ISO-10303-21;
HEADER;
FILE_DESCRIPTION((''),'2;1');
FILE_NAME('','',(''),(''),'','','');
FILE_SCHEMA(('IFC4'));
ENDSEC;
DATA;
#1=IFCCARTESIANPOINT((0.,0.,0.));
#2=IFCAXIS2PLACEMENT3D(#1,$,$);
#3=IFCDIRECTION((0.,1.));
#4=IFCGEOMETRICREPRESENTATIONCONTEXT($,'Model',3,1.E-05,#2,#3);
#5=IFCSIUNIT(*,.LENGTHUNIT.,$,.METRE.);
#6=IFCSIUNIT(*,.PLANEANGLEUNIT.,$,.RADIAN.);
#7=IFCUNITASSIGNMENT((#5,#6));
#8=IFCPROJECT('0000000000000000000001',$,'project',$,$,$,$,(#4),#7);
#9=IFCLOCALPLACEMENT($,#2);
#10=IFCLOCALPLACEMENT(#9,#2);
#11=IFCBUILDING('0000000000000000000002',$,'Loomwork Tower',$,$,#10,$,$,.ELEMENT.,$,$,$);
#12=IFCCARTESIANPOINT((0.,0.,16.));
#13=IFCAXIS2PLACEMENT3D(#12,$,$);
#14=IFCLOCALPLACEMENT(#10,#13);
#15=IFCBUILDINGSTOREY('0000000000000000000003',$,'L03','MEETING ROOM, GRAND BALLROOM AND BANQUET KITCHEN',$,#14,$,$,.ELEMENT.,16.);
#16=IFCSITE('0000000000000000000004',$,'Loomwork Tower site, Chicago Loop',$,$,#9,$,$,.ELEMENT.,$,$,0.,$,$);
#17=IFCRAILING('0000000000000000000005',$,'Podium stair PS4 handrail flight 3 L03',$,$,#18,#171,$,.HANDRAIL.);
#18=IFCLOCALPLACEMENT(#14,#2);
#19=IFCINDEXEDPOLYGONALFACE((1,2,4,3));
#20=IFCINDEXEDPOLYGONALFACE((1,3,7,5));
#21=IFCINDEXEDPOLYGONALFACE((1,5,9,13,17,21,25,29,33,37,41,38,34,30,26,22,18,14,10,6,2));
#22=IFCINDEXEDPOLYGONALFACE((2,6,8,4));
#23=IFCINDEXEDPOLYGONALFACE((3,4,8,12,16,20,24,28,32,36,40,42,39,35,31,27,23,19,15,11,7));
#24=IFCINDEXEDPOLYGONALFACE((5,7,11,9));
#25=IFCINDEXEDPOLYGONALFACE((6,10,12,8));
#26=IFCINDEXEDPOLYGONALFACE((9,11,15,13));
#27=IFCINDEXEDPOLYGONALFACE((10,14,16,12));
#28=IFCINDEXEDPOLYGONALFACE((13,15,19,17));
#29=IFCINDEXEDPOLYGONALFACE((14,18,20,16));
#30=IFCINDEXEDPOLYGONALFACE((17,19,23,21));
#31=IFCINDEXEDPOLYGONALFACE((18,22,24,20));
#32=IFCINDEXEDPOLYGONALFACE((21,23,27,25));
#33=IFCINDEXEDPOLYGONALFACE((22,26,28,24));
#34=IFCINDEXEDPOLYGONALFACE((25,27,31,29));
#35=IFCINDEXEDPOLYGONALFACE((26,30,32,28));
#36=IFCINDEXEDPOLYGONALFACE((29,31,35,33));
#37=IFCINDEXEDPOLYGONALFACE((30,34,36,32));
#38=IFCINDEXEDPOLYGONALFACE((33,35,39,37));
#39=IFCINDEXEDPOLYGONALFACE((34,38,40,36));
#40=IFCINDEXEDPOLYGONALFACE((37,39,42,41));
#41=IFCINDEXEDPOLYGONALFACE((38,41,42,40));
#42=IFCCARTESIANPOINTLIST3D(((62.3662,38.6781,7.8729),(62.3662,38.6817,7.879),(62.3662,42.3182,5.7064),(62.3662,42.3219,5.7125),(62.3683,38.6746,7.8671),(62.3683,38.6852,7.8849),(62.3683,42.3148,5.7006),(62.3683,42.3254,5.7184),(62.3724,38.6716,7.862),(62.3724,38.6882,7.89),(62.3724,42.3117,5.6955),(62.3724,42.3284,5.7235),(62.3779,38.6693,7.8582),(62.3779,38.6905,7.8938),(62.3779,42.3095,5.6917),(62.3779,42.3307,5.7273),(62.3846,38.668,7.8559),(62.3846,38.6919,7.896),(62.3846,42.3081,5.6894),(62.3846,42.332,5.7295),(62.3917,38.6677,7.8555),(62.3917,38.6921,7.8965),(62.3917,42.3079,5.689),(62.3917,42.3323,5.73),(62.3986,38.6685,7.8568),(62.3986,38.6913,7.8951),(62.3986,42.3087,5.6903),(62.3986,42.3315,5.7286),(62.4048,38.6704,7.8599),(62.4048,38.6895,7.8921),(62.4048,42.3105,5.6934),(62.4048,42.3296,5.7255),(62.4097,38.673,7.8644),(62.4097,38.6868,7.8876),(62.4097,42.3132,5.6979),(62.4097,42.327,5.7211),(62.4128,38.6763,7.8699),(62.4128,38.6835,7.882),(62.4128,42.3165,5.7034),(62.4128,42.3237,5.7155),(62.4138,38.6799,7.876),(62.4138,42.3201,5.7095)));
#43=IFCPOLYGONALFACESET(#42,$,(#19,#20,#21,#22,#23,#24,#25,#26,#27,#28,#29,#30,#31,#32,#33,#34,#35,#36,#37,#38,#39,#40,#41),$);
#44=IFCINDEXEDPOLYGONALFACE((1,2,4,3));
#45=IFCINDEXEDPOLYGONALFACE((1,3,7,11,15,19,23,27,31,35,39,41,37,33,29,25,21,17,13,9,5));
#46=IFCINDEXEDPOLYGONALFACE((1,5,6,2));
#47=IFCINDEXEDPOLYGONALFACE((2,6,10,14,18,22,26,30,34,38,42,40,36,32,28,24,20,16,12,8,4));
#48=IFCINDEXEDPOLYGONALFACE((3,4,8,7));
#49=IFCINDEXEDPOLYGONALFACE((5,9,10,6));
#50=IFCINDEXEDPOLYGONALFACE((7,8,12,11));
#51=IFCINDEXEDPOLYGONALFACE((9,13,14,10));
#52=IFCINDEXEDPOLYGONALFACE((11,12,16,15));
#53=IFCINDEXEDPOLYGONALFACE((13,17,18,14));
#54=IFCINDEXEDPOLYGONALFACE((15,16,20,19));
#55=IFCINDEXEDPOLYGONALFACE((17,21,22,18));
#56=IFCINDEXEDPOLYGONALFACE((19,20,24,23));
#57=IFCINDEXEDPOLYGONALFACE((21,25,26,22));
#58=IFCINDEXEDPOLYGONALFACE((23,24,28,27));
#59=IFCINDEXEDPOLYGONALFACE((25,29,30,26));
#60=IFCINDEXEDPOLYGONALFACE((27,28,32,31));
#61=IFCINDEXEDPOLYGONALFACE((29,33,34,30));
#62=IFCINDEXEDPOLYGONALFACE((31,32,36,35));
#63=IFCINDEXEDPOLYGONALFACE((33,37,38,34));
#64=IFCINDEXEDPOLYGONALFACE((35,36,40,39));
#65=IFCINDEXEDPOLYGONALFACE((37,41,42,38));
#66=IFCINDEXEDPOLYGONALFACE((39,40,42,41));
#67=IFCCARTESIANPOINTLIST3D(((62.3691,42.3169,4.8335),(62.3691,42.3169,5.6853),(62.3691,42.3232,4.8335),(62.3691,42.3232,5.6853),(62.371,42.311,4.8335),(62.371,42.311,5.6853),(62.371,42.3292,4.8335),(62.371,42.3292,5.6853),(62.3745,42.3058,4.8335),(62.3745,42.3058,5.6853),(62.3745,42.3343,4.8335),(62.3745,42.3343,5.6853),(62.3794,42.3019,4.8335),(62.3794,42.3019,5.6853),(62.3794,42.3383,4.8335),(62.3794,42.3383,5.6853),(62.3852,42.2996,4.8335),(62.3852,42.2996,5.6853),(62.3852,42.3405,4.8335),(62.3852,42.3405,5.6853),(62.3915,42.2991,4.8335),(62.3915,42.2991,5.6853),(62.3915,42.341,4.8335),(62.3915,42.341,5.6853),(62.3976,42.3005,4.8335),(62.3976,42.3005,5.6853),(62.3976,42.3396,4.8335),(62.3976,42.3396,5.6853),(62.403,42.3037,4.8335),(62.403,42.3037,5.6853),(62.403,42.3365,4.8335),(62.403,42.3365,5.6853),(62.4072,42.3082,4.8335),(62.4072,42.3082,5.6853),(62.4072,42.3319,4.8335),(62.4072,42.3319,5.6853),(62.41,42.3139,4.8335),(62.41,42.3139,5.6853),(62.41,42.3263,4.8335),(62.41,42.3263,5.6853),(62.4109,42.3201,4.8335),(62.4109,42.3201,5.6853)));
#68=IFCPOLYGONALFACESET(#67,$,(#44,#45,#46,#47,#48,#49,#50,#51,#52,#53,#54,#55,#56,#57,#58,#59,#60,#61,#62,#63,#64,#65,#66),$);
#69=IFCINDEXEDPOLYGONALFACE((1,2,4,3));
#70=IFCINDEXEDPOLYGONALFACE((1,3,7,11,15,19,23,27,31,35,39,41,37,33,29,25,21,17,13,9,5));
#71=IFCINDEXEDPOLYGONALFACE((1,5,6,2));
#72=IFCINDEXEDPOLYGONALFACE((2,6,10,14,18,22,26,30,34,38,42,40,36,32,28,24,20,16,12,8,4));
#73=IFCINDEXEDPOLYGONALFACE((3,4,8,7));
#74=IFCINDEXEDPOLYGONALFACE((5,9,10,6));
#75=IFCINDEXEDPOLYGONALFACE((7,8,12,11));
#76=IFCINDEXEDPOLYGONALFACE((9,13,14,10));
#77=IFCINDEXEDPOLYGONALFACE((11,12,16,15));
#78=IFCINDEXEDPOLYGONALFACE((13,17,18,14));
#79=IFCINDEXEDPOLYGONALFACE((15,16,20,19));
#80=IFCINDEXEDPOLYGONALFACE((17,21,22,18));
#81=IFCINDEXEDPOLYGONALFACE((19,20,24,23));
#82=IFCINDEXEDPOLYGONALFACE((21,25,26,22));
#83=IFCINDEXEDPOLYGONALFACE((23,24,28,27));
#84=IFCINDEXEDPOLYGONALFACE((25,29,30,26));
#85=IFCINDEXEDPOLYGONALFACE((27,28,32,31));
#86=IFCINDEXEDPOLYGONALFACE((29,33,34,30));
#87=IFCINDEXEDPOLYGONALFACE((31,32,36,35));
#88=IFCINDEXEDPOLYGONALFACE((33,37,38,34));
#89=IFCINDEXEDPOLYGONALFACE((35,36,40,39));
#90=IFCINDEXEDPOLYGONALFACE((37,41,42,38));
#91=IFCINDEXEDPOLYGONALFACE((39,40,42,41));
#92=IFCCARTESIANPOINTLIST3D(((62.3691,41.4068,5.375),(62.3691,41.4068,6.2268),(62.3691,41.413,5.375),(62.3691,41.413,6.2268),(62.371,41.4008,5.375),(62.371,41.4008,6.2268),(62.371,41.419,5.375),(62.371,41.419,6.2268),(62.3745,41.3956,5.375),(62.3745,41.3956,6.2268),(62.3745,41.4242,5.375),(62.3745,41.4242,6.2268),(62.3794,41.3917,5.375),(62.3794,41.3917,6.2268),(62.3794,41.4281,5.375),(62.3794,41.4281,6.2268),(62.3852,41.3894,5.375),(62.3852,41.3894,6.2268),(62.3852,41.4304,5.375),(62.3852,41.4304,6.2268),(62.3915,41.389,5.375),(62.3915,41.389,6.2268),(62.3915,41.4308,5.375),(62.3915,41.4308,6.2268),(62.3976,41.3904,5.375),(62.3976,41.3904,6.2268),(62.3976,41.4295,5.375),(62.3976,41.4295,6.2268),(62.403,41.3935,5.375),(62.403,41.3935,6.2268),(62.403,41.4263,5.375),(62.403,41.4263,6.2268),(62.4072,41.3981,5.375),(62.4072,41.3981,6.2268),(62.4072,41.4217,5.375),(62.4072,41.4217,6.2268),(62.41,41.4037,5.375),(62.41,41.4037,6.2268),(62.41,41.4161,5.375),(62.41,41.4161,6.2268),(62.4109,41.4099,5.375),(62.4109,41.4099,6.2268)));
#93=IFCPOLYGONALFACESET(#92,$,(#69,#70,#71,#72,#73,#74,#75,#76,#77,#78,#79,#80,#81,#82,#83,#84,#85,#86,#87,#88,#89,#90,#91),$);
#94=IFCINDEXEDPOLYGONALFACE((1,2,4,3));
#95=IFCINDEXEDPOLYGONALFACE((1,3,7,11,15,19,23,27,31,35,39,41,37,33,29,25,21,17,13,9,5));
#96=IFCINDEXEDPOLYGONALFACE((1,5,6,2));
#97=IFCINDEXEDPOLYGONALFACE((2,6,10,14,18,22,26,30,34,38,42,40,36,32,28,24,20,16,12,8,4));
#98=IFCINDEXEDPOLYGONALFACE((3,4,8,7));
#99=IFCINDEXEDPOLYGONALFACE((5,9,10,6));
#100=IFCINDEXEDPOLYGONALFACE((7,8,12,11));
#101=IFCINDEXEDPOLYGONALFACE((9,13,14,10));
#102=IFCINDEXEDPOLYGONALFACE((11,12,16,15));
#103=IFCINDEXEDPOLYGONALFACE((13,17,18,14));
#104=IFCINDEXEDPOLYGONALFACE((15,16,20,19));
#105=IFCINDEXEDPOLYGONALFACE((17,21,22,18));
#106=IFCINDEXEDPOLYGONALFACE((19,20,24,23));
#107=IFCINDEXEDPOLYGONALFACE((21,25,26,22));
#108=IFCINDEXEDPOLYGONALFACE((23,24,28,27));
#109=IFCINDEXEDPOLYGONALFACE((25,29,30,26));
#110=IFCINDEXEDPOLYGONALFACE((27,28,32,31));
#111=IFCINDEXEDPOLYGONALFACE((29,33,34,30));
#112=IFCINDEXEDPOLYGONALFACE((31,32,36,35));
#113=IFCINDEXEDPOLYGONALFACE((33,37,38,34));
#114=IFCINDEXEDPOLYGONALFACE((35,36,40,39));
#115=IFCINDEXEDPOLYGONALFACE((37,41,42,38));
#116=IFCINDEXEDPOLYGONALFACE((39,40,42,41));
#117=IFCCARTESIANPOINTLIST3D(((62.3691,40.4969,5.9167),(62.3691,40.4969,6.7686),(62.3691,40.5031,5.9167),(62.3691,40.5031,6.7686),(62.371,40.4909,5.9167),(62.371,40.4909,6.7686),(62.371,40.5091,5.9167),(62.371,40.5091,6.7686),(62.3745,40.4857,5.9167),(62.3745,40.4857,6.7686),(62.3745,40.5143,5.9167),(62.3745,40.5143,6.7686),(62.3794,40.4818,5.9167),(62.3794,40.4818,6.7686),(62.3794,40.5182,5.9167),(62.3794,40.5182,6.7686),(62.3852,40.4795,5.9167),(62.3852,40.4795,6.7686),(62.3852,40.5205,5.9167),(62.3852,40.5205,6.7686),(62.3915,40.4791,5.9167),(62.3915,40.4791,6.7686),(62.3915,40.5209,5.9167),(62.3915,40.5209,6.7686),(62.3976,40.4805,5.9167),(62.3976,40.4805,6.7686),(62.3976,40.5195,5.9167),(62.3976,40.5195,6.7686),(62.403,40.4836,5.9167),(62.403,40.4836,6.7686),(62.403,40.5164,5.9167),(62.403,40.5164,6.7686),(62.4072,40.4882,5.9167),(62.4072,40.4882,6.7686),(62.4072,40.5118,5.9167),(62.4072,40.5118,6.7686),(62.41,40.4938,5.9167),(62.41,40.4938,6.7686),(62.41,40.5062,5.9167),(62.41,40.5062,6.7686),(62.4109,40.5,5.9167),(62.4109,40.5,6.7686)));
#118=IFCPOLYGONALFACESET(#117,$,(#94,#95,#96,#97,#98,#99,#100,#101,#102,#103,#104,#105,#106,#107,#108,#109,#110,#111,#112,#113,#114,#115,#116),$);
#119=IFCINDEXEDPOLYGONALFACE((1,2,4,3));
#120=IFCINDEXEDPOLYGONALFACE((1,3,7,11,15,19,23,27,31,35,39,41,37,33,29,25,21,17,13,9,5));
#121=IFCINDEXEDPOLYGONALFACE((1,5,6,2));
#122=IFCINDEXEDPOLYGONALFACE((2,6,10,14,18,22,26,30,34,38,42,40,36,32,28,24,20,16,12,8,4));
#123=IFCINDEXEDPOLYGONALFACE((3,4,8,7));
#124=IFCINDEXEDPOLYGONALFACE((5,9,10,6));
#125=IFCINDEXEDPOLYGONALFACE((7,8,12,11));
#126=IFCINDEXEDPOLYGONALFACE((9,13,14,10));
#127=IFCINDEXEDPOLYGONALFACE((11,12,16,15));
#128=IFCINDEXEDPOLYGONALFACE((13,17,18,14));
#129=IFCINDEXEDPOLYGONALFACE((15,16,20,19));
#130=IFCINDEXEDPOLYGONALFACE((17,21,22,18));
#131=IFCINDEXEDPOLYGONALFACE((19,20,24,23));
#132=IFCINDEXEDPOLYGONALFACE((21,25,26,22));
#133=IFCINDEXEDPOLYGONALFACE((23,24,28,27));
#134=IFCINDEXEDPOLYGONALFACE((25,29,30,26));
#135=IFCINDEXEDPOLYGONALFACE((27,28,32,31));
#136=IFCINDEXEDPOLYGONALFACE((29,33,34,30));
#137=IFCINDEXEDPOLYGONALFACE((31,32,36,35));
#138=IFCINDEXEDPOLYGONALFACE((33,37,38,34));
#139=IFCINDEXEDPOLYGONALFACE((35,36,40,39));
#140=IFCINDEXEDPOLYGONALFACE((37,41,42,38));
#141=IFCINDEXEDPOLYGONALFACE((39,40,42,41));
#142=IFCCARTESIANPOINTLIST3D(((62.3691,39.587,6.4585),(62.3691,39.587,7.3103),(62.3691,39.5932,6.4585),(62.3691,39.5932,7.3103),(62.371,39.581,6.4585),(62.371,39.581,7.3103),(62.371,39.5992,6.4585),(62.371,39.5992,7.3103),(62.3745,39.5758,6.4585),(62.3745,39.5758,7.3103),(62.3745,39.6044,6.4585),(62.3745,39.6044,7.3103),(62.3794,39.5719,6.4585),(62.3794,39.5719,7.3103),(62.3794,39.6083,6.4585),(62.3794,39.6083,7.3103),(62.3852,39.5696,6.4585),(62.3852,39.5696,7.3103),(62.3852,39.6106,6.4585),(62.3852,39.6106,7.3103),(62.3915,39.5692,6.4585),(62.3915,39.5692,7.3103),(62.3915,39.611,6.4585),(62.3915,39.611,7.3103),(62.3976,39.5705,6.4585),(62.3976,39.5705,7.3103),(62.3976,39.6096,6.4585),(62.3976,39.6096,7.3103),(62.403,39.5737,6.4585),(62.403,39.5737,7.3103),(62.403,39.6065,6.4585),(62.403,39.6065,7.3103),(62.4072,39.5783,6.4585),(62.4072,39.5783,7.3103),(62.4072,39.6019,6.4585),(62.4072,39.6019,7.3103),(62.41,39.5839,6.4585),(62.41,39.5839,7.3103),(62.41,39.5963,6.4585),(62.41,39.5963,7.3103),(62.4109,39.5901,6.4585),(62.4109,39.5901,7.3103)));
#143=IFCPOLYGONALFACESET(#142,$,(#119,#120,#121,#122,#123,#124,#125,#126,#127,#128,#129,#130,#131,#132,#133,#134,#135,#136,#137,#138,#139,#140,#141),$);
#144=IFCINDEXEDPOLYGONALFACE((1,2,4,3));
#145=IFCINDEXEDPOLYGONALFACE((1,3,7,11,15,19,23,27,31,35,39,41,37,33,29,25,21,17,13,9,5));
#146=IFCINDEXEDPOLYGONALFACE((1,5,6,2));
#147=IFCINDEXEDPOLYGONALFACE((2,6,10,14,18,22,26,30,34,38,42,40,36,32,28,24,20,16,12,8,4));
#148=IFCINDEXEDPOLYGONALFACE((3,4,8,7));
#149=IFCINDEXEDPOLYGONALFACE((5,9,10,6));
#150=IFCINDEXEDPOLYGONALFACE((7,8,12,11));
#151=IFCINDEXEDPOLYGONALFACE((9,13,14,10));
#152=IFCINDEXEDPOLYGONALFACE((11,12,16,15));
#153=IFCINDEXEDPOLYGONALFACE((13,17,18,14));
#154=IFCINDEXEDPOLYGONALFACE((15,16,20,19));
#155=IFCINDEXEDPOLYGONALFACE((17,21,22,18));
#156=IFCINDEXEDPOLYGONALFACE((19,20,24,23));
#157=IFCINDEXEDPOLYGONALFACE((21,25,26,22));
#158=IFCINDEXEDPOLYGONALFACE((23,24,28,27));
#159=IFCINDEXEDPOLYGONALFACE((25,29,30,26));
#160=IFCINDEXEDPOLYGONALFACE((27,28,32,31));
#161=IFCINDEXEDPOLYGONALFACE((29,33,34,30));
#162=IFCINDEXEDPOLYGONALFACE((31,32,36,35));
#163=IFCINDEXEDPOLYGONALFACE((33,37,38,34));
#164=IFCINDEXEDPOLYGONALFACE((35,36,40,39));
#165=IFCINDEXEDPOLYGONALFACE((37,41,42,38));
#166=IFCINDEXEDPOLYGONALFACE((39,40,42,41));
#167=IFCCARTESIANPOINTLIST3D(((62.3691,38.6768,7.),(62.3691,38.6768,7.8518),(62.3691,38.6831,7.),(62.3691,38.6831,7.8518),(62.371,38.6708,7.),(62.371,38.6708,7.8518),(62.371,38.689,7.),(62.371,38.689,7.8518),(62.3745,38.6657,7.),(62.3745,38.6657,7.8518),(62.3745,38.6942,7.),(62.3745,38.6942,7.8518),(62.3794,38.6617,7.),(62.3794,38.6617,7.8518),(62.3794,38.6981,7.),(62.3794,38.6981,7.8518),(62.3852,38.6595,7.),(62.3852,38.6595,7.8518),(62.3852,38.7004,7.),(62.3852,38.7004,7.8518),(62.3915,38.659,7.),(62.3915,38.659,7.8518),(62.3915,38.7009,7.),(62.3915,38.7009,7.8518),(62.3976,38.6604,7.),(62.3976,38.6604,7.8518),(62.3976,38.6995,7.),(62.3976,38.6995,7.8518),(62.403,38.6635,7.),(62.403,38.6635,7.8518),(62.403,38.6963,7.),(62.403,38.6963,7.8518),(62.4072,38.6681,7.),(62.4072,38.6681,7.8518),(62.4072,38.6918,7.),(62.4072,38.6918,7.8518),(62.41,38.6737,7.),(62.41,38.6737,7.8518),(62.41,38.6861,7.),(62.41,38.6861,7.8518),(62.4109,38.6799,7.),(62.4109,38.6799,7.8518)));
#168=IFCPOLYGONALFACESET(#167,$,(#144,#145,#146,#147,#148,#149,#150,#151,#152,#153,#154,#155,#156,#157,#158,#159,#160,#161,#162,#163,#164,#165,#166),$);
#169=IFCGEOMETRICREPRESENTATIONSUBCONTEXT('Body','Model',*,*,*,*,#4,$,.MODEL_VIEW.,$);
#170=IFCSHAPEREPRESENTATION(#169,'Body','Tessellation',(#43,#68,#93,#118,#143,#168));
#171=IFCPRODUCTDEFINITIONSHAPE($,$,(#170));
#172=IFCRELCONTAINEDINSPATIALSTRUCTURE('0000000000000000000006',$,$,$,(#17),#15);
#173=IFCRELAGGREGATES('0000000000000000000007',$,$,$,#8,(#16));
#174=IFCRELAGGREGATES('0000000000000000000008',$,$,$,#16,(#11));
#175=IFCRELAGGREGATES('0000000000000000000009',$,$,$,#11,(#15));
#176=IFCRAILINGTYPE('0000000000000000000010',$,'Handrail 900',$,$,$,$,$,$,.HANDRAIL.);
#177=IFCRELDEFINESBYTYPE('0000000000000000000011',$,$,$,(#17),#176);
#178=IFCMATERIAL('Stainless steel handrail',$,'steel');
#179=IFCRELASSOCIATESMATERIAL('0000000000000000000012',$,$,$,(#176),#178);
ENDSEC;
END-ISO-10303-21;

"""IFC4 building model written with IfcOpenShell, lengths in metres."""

from ifc_helpers import new_model, si_unit, direction, frame, origin, origin_2d, place, context, subcontext, project, spatial, circle, extrude, material, type_object, element, save


model = new_model("IFC4")

# Units and contexts
model_context = context("Model", 3, precision=1e-05, world=origin(), true_north=direction((0.0, 1.0)))
body_context = subcontext(model_context, "Body", "Model", "MODEL_VIEW")
ifc_project = project(units=[si_unit("LENGTHUNIT", "METRE"), si_unit("PLANEANGLEUNIT", "RADIAN")], contexts=[model_context])

# Site, building, storey
site_placement = place(None, origin())
site = spatial("IfcSite", under=ifc_project, at=site_placement, Name="Loomwork Tower site, Chicago Loop", CompositionType="ELEMENT", RefElevation=0.0)
building_placement = place(site_placement, origin())
building = spatial("IfcBuilding", under=site, at=building_placement, Name="Loomwork Tower", CompositionType="ELEMENT")
storey_placement = place(building_placement, frame((0.0, 0.0, 16.0)))
storey = spatial("IfcBuildingStorey", under=building, at=storey_placement, Name="L03", Description="MEETING ROOM, GRAND BALLROOM AND BANQUET KITCHEN", CompositionType="ELEMENT", Elevation=16.0)

# Railing
ifc_material_1 = material(Name="Stainless steel handrail", Category="steel")
railing_type = type_object("IfcRailingType", Name="Handrail 900", PredefinedType="HANDRAIL", material=ifc_material_1)
railing_1_placement = place(storey_placement, frame((62.3899, 42.3201, 4.8335)))
element("IfcRailing", 1, at=railing_1_placement, inside=storey, type_object=railing_type, Name="Podium stair PS4 handrail flight 3 L03", PredefinedType="HANDRAIL", context=body_context, shape_type="SweptSolid", body=[
    extrude(circle(Radius=0.0239, at=origin_2d()), frame((0.0, 0.0, 0.876), z_axis=(0.0, -0.859318, 0.511441), x_axis=(1.0, 0.0, 0.0)), (0.0, 0.0, 1.0), 4.2361),
    extrude(circle(Radius=0.021, at=origin_2d()), origin(), (0.0, 0.0, 1.0), 0.8518),
    extrude(circle(Radius=0.021, at=origin_2d()), frame((0.0, -0.9102, 0.5415)), (0.0, 0.0, 1.0), 0.8518),
    extrude(circle(Radius=0.021, at=origin_2d()), frame((0.0, -1.8201, 1.0833)), (0.0, 0.0, 1.0), 0.8518),
    extrude(circle(Radius=0.021, at=origin_2d()), frame((0.0, -2.73, 1.625)), (0.0, 0.0, 1.0), 0.8518),
    extrude(circle(Radius=0.021, at=origin_2d()), frame((0.0, -3.6401, 2.1665)), (0.0, 0.0, 1.0), 0.8518),
])

save(model, "model.ifc")
